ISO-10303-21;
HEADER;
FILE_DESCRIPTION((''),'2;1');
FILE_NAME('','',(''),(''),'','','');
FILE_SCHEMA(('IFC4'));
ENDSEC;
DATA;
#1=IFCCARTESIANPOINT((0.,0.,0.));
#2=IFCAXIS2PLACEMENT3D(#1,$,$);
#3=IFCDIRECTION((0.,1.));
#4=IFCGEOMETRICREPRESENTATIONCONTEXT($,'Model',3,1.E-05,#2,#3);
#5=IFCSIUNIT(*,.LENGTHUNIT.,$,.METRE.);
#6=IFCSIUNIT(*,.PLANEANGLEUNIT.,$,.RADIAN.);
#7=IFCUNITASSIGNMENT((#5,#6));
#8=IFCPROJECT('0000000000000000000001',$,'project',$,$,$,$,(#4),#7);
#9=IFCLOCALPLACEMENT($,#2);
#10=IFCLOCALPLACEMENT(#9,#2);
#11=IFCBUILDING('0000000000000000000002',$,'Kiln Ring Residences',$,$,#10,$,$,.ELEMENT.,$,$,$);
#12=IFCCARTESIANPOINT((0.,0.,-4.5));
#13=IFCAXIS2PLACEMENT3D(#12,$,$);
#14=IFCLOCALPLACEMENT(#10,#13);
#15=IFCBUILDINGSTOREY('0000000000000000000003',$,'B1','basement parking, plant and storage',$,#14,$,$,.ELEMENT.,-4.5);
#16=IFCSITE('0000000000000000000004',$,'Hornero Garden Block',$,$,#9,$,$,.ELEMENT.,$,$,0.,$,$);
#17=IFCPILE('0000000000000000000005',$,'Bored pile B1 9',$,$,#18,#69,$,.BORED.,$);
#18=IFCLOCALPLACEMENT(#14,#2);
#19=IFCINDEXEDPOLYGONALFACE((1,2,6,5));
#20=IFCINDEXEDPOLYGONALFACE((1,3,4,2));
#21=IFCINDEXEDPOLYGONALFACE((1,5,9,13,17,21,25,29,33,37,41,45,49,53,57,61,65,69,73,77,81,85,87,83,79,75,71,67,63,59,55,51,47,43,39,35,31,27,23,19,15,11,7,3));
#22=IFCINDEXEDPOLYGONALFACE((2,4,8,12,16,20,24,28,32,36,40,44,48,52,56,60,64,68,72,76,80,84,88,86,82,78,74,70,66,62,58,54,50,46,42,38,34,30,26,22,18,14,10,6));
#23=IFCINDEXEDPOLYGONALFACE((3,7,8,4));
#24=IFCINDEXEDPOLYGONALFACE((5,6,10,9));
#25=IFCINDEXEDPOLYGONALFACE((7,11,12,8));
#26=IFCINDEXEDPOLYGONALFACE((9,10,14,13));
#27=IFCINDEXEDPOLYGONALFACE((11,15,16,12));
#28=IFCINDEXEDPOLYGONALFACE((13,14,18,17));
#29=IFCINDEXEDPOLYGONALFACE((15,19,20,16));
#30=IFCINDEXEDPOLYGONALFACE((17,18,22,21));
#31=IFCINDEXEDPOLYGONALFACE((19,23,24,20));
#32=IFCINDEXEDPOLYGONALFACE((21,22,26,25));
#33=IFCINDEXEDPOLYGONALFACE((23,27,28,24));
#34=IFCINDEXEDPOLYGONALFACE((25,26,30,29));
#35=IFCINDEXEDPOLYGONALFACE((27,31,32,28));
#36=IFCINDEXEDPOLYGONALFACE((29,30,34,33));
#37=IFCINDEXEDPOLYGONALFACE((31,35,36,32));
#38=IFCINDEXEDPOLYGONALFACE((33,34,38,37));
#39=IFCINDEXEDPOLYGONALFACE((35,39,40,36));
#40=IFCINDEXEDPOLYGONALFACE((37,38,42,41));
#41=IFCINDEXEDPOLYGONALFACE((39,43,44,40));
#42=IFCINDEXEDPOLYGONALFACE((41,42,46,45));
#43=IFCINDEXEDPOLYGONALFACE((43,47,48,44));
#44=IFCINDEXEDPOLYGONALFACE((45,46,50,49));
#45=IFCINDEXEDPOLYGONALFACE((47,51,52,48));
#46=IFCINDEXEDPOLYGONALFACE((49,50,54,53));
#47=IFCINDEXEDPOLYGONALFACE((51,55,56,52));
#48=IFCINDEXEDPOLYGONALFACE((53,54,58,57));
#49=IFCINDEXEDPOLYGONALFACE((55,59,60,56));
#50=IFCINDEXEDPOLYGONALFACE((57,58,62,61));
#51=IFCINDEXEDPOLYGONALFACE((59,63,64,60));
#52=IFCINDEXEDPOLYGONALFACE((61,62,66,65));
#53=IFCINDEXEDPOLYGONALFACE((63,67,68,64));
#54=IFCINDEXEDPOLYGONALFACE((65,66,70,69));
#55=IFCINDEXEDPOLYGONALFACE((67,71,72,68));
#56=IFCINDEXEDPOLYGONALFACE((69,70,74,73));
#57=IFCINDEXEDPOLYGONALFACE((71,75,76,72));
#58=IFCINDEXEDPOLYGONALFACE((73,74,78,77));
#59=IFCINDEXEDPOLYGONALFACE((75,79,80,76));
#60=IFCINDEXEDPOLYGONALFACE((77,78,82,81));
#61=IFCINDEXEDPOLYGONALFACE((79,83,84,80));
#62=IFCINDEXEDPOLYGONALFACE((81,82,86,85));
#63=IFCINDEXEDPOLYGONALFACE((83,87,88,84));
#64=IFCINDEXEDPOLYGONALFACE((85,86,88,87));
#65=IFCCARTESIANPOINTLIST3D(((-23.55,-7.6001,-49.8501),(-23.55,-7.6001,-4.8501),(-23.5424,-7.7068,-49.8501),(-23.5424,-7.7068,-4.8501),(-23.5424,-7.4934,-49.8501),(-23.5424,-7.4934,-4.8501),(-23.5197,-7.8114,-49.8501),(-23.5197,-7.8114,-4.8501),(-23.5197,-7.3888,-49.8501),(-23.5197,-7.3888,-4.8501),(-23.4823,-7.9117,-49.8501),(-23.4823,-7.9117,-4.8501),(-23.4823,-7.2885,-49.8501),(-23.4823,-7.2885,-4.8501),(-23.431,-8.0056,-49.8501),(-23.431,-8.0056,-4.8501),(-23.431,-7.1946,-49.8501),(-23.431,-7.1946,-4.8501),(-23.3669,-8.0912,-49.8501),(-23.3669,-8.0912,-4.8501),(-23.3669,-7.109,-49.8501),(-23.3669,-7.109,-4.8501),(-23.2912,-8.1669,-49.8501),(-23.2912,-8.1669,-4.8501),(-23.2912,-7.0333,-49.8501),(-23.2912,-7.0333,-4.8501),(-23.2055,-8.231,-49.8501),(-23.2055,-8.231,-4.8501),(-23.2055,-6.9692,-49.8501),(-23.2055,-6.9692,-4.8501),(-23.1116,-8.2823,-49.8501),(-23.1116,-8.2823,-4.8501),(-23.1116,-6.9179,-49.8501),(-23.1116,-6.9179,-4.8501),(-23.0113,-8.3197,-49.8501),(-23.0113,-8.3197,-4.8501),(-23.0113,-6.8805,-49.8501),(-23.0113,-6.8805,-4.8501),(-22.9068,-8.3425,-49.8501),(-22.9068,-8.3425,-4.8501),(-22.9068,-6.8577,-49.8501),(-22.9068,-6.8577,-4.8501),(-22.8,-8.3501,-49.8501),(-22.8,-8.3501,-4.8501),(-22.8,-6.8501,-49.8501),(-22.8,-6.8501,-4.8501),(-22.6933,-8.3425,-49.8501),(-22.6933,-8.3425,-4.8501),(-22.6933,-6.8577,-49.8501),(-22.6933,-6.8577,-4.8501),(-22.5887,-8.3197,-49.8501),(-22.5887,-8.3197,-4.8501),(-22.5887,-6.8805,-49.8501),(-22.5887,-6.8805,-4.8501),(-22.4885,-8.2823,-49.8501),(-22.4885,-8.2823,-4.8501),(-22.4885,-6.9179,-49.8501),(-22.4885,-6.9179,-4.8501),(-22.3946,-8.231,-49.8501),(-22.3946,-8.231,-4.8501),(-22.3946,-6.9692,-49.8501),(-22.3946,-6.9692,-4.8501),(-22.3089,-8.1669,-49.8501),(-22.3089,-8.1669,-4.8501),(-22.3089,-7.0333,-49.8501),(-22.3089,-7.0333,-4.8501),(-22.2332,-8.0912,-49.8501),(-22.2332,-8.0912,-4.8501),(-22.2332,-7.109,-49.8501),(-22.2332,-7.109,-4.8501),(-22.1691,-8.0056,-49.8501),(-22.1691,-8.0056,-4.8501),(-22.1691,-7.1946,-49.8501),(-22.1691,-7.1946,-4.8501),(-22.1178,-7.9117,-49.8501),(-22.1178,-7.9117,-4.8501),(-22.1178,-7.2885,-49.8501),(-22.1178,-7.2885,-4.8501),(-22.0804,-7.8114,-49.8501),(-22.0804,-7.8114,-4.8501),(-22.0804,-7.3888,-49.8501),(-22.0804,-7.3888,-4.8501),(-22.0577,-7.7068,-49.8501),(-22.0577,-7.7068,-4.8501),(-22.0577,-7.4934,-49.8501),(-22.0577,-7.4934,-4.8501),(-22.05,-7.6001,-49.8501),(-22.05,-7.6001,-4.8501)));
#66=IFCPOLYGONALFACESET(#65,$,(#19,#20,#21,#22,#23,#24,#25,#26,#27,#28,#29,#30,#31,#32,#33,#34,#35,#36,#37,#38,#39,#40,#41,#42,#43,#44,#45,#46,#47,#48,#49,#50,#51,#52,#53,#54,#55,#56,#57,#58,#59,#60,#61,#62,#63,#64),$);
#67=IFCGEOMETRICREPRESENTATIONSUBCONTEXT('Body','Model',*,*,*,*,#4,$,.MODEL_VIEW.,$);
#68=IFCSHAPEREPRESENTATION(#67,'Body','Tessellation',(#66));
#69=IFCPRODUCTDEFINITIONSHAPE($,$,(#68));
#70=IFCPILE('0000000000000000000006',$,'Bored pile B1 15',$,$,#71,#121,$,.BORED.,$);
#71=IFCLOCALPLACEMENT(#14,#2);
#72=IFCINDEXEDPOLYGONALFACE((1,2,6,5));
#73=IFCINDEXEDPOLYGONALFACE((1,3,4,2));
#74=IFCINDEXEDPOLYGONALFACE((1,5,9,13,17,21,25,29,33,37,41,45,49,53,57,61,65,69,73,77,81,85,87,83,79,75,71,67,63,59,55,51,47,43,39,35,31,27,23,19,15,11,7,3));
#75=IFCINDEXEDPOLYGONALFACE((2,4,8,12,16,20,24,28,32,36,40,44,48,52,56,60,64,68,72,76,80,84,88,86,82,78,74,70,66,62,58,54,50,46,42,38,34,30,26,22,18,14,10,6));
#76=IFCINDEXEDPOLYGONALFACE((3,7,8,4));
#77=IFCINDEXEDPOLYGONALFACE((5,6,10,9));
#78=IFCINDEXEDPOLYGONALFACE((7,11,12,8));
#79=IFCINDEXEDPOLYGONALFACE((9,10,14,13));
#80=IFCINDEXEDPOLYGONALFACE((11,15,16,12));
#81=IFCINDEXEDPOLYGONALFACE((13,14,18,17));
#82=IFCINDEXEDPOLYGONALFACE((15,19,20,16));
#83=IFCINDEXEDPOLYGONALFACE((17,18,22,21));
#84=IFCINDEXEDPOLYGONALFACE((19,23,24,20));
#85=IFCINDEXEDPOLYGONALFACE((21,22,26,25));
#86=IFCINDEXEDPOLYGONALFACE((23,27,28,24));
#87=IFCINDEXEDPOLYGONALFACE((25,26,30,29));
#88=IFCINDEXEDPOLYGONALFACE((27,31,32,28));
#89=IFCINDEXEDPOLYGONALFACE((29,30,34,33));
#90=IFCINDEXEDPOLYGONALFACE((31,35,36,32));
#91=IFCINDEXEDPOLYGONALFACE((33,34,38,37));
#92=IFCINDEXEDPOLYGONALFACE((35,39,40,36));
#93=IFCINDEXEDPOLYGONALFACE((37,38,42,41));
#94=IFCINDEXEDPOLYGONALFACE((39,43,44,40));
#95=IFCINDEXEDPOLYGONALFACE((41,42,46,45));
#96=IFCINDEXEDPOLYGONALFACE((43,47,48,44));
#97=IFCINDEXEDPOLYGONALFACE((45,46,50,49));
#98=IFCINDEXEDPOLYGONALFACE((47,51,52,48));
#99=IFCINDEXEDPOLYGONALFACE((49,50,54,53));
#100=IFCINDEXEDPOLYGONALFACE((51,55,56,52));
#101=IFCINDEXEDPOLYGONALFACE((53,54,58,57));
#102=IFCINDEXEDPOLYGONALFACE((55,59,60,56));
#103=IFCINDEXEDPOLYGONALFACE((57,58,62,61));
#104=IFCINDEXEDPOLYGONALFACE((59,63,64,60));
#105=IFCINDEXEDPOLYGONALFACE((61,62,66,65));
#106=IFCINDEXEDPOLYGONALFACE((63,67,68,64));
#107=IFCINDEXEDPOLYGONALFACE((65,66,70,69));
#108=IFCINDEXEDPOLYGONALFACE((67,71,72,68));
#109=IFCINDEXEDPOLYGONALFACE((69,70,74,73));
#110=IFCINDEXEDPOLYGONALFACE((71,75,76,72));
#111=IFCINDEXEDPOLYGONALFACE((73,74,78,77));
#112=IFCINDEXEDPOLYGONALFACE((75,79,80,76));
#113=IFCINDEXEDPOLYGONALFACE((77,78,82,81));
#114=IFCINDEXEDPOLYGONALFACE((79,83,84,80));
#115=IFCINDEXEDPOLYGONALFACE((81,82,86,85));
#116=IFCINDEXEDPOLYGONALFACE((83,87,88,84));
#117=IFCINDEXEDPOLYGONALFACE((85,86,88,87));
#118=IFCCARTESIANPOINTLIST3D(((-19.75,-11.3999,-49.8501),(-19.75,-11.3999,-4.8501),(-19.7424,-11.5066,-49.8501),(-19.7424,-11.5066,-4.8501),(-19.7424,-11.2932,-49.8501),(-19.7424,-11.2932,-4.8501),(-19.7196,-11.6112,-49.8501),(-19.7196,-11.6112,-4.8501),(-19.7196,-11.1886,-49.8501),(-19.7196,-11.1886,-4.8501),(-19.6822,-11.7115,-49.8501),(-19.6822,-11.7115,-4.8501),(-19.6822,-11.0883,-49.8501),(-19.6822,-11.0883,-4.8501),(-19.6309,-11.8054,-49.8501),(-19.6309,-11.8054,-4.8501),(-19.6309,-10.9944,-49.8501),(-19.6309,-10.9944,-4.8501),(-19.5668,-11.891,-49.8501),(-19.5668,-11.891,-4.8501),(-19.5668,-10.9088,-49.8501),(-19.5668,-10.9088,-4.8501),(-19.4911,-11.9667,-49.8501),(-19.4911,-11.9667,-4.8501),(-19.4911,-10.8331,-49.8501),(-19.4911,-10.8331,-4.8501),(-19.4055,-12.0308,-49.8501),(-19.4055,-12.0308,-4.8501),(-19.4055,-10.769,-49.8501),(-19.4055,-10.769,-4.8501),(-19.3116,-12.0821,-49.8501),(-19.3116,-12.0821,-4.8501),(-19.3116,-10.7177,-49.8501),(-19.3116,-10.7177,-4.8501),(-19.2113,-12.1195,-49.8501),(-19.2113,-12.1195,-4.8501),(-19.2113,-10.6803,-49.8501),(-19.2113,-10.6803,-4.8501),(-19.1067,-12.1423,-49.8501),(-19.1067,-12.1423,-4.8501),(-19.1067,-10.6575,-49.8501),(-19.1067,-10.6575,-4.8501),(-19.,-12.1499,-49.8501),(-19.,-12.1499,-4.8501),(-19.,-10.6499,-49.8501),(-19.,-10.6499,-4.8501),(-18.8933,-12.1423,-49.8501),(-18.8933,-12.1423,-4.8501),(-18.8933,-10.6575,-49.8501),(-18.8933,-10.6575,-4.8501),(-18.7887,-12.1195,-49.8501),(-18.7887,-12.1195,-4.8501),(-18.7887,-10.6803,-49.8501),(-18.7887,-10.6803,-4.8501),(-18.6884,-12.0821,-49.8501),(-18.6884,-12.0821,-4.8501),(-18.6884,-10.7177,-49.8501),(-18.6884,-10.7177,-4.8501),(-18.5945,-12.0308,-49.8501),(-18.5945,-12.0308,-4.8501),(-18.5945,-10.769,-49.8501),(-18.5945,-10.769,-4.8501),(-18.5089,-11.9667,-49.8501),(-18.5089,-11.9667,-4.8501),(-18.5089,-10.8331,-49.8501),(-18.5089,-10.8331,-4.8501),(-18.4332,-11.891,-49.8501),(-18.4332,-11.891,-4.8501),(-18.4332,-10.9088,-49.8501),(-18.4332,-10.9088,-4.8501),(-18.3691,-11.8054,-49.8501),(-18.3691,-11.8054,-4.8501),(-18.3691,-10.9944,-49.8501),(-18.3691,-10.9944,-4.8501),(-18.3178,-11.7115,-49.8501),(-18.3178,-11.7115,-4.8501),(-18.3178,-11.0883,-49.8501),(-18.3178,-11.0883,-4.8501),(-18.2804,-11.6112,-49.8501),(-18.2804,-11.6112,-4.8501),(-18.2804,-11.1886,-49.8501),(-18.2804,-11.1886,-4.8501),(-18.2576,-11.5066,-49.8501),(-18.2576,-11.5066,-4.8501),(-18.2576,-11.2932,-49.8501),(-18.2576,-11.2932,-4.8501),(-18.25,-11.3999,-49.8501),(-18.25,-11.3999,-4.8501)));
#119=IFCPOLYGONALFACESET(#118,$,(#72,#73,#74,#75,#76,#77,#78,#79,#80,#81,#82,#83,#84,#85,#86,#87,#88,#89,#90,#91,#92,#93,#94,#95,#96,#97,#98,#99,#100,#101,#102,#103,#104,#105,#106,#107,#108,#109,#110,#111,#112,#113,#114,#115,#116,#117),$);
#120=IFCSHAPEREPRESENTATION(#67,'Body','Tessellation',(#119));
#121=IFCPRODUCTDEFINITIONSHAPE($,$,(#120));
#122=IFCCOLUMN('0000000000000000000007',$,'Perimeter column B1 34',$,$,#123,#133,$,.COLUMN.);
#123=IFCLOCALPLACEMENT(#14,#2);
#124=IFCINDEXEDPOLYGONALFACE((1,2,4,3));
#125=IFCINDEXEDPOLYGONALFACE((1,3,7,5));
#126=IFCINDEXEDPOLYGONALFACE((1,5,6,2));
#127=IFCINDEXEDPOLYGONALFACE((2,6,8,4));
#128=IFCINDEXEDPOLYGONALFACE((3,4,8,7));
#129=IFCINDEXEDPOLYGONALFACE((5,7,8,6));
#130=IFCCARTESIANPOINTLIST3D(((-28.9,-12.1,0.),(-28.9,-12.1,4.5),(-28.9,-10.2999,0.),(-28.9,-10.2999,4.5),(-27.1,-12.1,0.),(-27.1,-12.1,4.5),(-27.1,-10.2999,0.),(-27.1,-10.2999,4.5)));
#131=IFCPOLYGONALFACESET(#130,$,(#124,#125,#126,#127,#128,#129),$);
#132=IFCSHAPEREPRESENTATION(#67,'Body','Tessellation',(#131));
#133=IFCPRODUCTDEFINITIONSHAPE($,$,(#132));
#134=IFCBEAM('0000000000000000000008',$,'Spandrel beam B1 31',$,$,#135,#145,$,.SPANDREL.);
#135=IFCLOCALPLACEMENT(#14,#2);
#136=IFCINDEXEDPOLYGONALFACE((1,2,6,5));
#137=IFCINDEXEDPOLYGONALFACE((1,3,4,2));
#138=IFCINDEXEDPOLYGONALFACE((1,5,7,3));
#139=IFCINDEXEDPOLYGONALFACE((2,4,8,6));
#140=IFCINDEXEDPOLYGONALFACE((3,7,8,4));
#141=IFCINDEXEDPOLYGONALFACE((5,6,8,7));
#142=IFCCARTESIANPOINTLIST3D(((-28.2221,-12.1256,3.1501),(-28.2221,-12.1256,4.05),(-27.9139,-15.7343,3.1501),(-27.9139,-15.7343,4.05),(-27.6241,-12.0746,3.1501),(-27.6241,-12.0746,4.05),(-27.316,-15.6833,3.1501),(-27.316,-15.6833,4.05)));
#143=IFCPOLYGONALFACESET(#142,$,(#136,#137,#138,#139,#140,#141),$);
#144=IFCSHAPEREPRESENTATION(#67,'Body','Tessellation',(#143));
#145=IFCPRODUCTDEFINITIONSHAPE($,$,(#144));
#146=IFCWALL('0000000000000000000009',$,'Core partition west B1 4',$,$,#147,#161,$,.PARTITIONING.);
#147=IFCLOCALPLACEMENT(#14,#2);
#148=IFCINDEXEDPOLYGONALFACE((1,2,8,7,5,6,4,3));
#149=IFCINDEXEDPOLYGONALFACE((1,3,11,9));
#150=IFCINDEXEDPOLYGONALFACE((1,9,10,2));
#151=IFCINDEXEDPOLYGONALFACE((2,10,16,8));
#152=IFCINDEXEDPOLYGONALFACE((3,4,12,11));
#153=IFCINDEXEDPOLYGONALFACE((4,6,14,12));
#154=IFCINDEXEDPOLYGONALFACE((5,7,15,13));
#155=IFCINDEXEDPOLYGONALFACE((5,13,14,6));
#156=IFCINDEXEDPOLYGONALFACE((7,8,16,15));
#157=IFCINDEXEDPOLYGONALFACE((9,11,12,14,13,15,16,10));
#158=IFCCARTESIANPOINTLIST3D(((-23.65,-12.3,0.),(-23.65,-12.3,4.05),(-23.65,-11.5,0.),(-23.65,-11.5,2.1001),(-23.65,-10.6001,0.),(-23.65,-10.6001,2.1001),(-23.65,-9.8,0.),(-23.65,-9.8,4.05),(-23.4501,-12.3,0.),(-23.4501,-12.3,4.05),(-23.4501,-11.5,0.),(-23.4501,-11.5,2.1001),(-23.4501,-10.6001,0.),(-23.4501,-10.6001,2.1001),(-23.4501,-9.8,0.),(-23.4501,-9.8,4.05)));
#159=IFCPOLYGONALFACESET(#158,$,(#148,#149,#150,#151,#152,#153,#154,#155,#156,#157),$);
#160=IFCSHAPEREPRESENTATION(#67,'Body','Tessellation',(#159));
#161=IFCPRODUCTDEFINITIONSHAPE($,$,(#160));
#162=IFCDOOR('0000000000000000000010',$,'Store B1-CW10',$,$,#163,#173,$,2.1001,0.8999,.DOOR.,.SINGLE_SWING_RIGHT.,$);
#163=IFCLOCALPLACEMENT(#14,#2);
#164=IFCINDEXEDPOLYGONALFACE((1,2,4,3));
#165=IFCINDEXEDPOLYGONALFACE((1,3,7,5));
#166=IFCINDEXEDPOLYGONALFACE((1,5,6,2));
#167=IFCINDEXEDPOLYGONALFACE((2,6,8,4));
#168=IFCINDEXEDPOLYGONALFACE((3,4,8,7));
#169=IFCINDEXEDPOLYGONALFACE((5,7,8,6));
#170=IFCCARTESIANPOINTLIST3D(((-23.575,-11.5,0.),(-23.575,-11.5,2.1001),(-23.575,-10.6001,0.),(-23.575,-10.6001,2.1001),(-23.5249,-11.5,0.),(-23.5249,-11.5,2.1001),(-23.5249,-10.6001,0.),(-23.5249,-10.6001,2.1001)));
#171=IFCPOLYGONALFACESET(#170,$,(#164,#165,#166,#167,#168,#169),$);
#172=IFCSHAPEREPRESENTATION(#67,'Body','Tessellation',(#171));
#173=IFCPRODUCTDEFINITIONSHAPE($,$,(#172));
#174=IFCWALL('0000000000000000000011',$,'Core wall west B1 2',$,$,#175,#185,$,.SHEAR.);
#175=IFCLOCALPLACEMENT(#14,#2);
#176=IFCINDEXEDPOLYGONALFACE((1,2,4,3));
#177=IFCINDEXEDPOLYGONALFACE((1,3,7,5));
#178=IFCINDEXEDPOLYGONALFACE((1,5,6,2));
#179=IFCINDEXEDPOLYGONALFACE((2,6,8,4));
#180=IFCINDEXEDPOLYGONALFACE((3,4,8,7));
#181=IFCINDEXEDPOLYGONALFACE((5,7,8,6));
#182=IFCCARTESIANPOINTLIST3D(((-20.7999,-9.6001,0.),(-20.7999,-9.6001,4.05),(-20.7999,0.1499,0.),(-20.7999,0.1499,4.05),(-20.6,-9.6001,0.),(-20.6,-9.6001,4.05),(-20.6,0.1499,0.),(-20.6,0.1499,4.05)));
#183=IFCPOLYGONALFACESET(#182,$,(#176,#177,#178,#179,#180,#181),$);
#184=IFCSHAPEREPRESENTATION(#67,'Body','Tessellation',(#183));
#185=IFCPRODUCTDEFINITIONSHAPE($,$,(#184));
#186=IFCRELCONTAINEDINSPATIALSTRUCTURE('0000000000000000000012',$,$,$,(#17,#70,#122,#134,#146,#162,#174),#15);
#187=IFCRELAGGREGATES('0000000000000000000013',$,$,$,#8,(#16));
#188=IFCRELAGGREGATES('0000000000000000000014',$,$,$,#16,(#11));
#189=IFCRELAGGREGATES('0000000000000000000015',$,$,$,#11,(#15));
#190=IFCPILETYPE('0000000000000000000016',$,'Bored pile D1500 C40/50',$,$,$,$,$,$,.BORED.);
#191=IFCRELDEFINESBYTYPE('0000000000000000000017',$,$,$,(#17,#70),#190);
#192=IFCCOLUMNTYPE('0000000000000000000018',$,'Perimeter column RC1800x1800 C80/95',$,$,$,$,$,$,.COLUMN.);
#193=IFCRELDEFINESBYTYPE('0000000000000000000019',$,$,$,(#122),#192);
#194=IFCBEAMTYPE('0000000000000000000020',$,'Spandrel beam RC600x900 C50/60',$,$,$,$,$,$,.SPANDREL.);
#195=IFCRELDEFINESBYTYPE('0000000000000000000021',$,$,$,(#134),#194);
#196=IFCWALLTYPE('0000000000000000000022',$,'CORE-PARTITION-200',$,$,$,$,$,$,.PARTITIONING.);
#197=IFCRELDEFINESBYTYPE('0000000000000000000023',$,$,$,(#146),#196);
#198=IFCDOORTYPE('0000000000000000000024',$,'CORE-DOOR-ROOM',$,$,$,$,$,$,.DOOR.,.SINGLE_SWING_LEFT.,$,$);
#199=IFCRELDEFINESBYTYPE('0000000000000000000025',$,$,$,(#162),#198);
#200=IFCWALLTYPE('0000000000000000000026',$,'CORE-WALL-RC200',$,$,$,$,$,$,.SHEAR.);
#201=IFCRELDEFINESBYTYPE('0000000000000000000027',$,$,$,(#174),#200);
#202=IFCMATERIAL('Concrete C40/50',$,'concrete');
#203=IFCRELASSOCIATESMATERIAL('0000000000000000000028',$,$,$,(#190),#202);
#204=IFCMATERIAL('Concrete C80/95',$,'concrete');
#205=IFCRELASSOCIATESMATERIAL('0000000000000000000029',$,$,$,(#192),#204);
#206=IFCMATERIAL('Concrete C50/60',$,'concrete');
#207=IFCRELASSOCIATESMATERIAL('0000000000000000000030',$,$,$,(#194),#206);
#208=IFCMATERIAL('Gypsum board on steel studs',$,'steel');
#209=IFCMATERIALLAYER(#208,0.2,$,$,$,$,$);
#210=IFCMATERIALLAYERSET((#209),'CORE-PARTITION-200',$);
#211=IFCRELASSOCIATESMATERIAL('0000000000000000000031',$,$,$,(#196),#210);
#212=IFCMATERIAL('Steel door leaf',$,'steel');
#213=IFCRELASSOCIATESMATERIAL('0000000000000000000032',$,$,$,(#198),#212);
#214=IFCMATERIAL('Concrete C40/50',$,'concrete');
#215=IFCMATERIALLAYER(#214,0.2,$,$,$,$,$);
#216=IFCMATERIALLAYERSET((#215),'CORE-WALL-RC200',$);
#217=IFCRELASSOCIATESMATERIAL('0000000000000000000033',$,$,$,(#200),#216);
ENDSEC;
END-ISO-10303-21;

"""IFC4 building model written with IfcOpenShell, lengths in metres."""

from ifc_helpers import new_model, si_unit, direction, frame, frame_2d, origin, origin_2d, place, context, subcontext, project, spatial, rectangle, circle, extrude, material, layer, layer_set, material_profile, profile_set, type_object, element, fill, save


model = new_model("IFC4")

# Units and contexts
model_context = context("Model", 3, precision=1e-05, world=origin(), true_north=direction((0.0, 1.0)))
body_context = subcontext(model_context, "Body", "Model", "MODEL_VIEW")
ifc_project = project(units=[si_unit("LENGTHUNIT", "METRE"), si_unit("PLANEANGLEUNIT", "RADIAN")], contexts=[model_context])

# Site, building, storey
site_placement = place(None, origin())
site = spatial("IfcSite", under=ifc_project, at=site_placement, Name="Hornero Garden Block", CompositionType="ELEMENT", RefElevation=0.0)
building_placement = place(site_placement, origin())
building = spatial("IfcBuilding", under=site, at=building_placement, Name="Kiln Ring Residences", CompositionType="ELEMENT")
storey_placement = place(building_placement, frame((0.0, 0.0, -4.5)))
storey = spatial("IfcBuildingStorey", under=building, at=storey_placement, Name="B1", Description="basement parking, plant and storage", CompositionType="ELEMENT", Elevation=-4.5)

# Piles
ifc_material_1 = material(Name="Concrete C40/50", Category="concrete")
ifc_material_profile_1 = material_profile(ifc_material_1, circle(Radius=0.75, at=origin_2d()), Name="BORED1500")
ifc_profile_set_1 = profile_set([ifc_material_profile_1], Name="Concrete C40/50")
pile_type = type_object("IfcPileType", Name="Bored pile D1500 C40/50", PredefinedType="BORED", material=ifc_profile_set_1)
for number, where, z_axis, x_axis, name in (
    (1, (-22.8, -7.6001, -4.8501), (0.0, 0.0, -1.0), (1.0, 0.0, 0.0), "Bored pile B1 9"),
    (2, (-19.0, -11.3999, -4.8501), (0.0, 0.0, -1.0), (1.0, 0.0, 0.0), "Bored pile B1 15"),
):
    element("IfcPile", number, at=place(storey_placement, frame(where, z_axis=z_axis, x_axis=x_axis)), inside=storey, type_object=pile_type, Name=name, PredefinedType="BORED", context=body_context, shape_type="SweptSolid", body=[
        extrude(circle(Radius=0.75, at=origin_2d()), origin(), (0.0, 0.0, 1.0), 45.0),
    ])

# Column
ifc_material_2 = material(Name="Concrete C80/95", Category="concrete")
ifc_material_profile_2 = material_profile(ifc_material_2, rectangle(XDim=1.8, YDim=1.8, at=origin_2d()), Name="RC1800x1800")
ifc_profile_set_2 = profile_set([ifc_material_profile_2], Name="Concrete C80/95")
column_type = type_object("IfcColumnType", Name="Perimeter column RC1800x1800 C80/95", PredefinedType="COLUMN", material=ifc_profile_set_2)
column_placement = place(storey_placement, frame((-28.0, -11.2, 0.0), z_axis=(0.0, 0.0, 1.0), x_axis=(1.0, 0.0, 0.0)))
element("IfcColumn", 3, at=column_placement, inside=storey, type_object=column_type, Name="Perimeter column B1 34", PredefinedType="COLUMN", context=body_context, shape_type="SweptSolid", body=[
    extrude(rectangle(XDim=1.8, YDim=1.8, at=origin_2d()), origin(), (0.0, 0.0, 1.0), 4.5),
])

# Beam
ifc_material_3 = material(Name="Concrete C50/60", Category="concrete")
ifc_material_profile_3 = material_profile(ifc_material_3, rectangle(XDim=0.6001, YDim=0.8999, at=origin_2d()), Name="RC600x900")
ifc_profile_set_3 = profile_set([ifc_material_profile_3], Name="Concrete C50/60")
beam_type = type_object("IfcBeamType", Name="Spandrel beam RC600x900 C50/60", PredefinedType="SPANDREL", material=ifc_profile_set_3)
beam_placement = place(storey_placement, frame((-27.9231, -12.1001, 3.6001), z_axis=(0.08507, -0.996375, 0.0), x_axis=(0.996375, 0.08507, 0.0)))
element("IfcBeam", 4, at=beam_placement, inside=storey, type_object=beam_type, Name="Spandrel beam B1 31", PredefinedType="SPANDREL", context=body_context, shape_type="SweptSolid", body=[
    extrude(rectangle(XDim=0.6001, YDim=0.8999, at=origin_2d()), origin(), (0.0, 0.0, 1.0), 3.6218),
])

# Wall, opening, door
ifc_material_4 = material(Name="Gypsum board on steel studs", Category="steel")
ifc_layer_1 = layer(ifc_material_4, 0.2)
ifc_layer_set_1 = layer_set([ifc_layer_1], Name="CORE-PARTITION-200")
wall_type_1 = type_object("IfcWallType", Name="CORE-PARTITION-200", PredefinedType="PARTITIONING", material=ifc_layer_set_1)
wall_1_placement = place(storey_placement, frame((-23.55, -12.3, 0.0), z_axis=(0.0, 0.0, 1.0), x_axis=(0.0, 1.0, 0.0)))
wall_1 = element("IfcWall", 5, at=wall_1_placement, inside=storey, type_object=wall_type_1, Name="Core partition west B1 4", PredefinedType="PARTITIONING", context=body_context, shape_type="SweptSolid", body=[
    extrude(rectangle(XDim=2.5, YDim=0.2, at=frame_2d((1.25, 0.0))), origin(), (0.0, 0.0, 1.0), 4.05),
])
opening_1_placement = place(wall_1_placement, frame((0.8, 0.0, 0.0)))
opening_1 = element("IfcOpeningElement", 6, at=opening_1_placement, cuts=wall_1, PredefinedType="OPENING", context=body_context, shape_type="SweptSolid", body=[
    extrude(rectangle(XDim=0.8999, YDim=2.1001, at=frame_2d((0.45, 1.05))), frame((0.0, 0.1099, 0.0), z_axis=(0.0, -1.0, 0.0), x_axis=(1.0, 0.0, 0.0)), (0.0, 0.0, 1.0), 0.22),
])
ifc_material_5 = material(Name="Steel door leaf", Category="steel")
door_type_1 = type_object("IfcDoorType", Name="CORE-DOOR-ROOM", OperationType="SINGLE_SWING_LEFT", PredefinedType="DOOR", material=ifc_material_5)
door_1_placement = place(opening_1_placement, origin())
door_1 = element("IfcDoor", 7, at=door_1_placement, inside=storey, type_object=door_type_1, Name="Store B1-CW10", OperationType="SINGLE_SWING_RIGHT", OverallHeight=2.1001, OverallWidth=0.8999, PredefinedType="DOOR", context=body_context, shape_type="SweptSolid", body=[
    extrude(rectangle(XDim=0.8999, YDim=2.1001, at=frame_2d((0.45, 1.05))), frame((0.0, 0.0249, 0.0), z_axis=(0.0, -1.0, 0.0), x_axis=(1.0, 0.0, 0.0)), (0.0, 0.0, 1.0), 0.05),
])
fill(opening_1, door_1)

# Wall
ifc_material_6 = material(Name="Concrete C40/50", Category="concrete")
ifc_layer_2 = layer(ifc_material_6, 0.2)
ifc_layer_set_2 = layer_set([ifc_layer_2], Name="CORE-WALL-RC200")
wall_type_2 = type_object("IfcWallType", Name="CORE-WALL-RC200", PredefinedType="SHEAR", material=ifc_layer_set_2)
wall_2_placement = place(storey_placement, frame((-20.7, -9.6001, 0.0), z_axis=(0.0, 0.0, 1.0), x_axis=(0.0, 1.0, 0.0)))
element("IfcWall", 8, at=wall_2_placement, inside=storey, type_object=wall_type_2, Name="Core wall west B1 2", PredefinedType="SHEAR", context=body_context, shape_type="SweptSolid", body=[
    extrude(rectangle(XDim=9.75, YDim=0.2, at=frame_2d((4.875, 0.0))), origin(), (0.0, 0.0, 1.0), 4.05),
])

save(model, "model.ifc")
